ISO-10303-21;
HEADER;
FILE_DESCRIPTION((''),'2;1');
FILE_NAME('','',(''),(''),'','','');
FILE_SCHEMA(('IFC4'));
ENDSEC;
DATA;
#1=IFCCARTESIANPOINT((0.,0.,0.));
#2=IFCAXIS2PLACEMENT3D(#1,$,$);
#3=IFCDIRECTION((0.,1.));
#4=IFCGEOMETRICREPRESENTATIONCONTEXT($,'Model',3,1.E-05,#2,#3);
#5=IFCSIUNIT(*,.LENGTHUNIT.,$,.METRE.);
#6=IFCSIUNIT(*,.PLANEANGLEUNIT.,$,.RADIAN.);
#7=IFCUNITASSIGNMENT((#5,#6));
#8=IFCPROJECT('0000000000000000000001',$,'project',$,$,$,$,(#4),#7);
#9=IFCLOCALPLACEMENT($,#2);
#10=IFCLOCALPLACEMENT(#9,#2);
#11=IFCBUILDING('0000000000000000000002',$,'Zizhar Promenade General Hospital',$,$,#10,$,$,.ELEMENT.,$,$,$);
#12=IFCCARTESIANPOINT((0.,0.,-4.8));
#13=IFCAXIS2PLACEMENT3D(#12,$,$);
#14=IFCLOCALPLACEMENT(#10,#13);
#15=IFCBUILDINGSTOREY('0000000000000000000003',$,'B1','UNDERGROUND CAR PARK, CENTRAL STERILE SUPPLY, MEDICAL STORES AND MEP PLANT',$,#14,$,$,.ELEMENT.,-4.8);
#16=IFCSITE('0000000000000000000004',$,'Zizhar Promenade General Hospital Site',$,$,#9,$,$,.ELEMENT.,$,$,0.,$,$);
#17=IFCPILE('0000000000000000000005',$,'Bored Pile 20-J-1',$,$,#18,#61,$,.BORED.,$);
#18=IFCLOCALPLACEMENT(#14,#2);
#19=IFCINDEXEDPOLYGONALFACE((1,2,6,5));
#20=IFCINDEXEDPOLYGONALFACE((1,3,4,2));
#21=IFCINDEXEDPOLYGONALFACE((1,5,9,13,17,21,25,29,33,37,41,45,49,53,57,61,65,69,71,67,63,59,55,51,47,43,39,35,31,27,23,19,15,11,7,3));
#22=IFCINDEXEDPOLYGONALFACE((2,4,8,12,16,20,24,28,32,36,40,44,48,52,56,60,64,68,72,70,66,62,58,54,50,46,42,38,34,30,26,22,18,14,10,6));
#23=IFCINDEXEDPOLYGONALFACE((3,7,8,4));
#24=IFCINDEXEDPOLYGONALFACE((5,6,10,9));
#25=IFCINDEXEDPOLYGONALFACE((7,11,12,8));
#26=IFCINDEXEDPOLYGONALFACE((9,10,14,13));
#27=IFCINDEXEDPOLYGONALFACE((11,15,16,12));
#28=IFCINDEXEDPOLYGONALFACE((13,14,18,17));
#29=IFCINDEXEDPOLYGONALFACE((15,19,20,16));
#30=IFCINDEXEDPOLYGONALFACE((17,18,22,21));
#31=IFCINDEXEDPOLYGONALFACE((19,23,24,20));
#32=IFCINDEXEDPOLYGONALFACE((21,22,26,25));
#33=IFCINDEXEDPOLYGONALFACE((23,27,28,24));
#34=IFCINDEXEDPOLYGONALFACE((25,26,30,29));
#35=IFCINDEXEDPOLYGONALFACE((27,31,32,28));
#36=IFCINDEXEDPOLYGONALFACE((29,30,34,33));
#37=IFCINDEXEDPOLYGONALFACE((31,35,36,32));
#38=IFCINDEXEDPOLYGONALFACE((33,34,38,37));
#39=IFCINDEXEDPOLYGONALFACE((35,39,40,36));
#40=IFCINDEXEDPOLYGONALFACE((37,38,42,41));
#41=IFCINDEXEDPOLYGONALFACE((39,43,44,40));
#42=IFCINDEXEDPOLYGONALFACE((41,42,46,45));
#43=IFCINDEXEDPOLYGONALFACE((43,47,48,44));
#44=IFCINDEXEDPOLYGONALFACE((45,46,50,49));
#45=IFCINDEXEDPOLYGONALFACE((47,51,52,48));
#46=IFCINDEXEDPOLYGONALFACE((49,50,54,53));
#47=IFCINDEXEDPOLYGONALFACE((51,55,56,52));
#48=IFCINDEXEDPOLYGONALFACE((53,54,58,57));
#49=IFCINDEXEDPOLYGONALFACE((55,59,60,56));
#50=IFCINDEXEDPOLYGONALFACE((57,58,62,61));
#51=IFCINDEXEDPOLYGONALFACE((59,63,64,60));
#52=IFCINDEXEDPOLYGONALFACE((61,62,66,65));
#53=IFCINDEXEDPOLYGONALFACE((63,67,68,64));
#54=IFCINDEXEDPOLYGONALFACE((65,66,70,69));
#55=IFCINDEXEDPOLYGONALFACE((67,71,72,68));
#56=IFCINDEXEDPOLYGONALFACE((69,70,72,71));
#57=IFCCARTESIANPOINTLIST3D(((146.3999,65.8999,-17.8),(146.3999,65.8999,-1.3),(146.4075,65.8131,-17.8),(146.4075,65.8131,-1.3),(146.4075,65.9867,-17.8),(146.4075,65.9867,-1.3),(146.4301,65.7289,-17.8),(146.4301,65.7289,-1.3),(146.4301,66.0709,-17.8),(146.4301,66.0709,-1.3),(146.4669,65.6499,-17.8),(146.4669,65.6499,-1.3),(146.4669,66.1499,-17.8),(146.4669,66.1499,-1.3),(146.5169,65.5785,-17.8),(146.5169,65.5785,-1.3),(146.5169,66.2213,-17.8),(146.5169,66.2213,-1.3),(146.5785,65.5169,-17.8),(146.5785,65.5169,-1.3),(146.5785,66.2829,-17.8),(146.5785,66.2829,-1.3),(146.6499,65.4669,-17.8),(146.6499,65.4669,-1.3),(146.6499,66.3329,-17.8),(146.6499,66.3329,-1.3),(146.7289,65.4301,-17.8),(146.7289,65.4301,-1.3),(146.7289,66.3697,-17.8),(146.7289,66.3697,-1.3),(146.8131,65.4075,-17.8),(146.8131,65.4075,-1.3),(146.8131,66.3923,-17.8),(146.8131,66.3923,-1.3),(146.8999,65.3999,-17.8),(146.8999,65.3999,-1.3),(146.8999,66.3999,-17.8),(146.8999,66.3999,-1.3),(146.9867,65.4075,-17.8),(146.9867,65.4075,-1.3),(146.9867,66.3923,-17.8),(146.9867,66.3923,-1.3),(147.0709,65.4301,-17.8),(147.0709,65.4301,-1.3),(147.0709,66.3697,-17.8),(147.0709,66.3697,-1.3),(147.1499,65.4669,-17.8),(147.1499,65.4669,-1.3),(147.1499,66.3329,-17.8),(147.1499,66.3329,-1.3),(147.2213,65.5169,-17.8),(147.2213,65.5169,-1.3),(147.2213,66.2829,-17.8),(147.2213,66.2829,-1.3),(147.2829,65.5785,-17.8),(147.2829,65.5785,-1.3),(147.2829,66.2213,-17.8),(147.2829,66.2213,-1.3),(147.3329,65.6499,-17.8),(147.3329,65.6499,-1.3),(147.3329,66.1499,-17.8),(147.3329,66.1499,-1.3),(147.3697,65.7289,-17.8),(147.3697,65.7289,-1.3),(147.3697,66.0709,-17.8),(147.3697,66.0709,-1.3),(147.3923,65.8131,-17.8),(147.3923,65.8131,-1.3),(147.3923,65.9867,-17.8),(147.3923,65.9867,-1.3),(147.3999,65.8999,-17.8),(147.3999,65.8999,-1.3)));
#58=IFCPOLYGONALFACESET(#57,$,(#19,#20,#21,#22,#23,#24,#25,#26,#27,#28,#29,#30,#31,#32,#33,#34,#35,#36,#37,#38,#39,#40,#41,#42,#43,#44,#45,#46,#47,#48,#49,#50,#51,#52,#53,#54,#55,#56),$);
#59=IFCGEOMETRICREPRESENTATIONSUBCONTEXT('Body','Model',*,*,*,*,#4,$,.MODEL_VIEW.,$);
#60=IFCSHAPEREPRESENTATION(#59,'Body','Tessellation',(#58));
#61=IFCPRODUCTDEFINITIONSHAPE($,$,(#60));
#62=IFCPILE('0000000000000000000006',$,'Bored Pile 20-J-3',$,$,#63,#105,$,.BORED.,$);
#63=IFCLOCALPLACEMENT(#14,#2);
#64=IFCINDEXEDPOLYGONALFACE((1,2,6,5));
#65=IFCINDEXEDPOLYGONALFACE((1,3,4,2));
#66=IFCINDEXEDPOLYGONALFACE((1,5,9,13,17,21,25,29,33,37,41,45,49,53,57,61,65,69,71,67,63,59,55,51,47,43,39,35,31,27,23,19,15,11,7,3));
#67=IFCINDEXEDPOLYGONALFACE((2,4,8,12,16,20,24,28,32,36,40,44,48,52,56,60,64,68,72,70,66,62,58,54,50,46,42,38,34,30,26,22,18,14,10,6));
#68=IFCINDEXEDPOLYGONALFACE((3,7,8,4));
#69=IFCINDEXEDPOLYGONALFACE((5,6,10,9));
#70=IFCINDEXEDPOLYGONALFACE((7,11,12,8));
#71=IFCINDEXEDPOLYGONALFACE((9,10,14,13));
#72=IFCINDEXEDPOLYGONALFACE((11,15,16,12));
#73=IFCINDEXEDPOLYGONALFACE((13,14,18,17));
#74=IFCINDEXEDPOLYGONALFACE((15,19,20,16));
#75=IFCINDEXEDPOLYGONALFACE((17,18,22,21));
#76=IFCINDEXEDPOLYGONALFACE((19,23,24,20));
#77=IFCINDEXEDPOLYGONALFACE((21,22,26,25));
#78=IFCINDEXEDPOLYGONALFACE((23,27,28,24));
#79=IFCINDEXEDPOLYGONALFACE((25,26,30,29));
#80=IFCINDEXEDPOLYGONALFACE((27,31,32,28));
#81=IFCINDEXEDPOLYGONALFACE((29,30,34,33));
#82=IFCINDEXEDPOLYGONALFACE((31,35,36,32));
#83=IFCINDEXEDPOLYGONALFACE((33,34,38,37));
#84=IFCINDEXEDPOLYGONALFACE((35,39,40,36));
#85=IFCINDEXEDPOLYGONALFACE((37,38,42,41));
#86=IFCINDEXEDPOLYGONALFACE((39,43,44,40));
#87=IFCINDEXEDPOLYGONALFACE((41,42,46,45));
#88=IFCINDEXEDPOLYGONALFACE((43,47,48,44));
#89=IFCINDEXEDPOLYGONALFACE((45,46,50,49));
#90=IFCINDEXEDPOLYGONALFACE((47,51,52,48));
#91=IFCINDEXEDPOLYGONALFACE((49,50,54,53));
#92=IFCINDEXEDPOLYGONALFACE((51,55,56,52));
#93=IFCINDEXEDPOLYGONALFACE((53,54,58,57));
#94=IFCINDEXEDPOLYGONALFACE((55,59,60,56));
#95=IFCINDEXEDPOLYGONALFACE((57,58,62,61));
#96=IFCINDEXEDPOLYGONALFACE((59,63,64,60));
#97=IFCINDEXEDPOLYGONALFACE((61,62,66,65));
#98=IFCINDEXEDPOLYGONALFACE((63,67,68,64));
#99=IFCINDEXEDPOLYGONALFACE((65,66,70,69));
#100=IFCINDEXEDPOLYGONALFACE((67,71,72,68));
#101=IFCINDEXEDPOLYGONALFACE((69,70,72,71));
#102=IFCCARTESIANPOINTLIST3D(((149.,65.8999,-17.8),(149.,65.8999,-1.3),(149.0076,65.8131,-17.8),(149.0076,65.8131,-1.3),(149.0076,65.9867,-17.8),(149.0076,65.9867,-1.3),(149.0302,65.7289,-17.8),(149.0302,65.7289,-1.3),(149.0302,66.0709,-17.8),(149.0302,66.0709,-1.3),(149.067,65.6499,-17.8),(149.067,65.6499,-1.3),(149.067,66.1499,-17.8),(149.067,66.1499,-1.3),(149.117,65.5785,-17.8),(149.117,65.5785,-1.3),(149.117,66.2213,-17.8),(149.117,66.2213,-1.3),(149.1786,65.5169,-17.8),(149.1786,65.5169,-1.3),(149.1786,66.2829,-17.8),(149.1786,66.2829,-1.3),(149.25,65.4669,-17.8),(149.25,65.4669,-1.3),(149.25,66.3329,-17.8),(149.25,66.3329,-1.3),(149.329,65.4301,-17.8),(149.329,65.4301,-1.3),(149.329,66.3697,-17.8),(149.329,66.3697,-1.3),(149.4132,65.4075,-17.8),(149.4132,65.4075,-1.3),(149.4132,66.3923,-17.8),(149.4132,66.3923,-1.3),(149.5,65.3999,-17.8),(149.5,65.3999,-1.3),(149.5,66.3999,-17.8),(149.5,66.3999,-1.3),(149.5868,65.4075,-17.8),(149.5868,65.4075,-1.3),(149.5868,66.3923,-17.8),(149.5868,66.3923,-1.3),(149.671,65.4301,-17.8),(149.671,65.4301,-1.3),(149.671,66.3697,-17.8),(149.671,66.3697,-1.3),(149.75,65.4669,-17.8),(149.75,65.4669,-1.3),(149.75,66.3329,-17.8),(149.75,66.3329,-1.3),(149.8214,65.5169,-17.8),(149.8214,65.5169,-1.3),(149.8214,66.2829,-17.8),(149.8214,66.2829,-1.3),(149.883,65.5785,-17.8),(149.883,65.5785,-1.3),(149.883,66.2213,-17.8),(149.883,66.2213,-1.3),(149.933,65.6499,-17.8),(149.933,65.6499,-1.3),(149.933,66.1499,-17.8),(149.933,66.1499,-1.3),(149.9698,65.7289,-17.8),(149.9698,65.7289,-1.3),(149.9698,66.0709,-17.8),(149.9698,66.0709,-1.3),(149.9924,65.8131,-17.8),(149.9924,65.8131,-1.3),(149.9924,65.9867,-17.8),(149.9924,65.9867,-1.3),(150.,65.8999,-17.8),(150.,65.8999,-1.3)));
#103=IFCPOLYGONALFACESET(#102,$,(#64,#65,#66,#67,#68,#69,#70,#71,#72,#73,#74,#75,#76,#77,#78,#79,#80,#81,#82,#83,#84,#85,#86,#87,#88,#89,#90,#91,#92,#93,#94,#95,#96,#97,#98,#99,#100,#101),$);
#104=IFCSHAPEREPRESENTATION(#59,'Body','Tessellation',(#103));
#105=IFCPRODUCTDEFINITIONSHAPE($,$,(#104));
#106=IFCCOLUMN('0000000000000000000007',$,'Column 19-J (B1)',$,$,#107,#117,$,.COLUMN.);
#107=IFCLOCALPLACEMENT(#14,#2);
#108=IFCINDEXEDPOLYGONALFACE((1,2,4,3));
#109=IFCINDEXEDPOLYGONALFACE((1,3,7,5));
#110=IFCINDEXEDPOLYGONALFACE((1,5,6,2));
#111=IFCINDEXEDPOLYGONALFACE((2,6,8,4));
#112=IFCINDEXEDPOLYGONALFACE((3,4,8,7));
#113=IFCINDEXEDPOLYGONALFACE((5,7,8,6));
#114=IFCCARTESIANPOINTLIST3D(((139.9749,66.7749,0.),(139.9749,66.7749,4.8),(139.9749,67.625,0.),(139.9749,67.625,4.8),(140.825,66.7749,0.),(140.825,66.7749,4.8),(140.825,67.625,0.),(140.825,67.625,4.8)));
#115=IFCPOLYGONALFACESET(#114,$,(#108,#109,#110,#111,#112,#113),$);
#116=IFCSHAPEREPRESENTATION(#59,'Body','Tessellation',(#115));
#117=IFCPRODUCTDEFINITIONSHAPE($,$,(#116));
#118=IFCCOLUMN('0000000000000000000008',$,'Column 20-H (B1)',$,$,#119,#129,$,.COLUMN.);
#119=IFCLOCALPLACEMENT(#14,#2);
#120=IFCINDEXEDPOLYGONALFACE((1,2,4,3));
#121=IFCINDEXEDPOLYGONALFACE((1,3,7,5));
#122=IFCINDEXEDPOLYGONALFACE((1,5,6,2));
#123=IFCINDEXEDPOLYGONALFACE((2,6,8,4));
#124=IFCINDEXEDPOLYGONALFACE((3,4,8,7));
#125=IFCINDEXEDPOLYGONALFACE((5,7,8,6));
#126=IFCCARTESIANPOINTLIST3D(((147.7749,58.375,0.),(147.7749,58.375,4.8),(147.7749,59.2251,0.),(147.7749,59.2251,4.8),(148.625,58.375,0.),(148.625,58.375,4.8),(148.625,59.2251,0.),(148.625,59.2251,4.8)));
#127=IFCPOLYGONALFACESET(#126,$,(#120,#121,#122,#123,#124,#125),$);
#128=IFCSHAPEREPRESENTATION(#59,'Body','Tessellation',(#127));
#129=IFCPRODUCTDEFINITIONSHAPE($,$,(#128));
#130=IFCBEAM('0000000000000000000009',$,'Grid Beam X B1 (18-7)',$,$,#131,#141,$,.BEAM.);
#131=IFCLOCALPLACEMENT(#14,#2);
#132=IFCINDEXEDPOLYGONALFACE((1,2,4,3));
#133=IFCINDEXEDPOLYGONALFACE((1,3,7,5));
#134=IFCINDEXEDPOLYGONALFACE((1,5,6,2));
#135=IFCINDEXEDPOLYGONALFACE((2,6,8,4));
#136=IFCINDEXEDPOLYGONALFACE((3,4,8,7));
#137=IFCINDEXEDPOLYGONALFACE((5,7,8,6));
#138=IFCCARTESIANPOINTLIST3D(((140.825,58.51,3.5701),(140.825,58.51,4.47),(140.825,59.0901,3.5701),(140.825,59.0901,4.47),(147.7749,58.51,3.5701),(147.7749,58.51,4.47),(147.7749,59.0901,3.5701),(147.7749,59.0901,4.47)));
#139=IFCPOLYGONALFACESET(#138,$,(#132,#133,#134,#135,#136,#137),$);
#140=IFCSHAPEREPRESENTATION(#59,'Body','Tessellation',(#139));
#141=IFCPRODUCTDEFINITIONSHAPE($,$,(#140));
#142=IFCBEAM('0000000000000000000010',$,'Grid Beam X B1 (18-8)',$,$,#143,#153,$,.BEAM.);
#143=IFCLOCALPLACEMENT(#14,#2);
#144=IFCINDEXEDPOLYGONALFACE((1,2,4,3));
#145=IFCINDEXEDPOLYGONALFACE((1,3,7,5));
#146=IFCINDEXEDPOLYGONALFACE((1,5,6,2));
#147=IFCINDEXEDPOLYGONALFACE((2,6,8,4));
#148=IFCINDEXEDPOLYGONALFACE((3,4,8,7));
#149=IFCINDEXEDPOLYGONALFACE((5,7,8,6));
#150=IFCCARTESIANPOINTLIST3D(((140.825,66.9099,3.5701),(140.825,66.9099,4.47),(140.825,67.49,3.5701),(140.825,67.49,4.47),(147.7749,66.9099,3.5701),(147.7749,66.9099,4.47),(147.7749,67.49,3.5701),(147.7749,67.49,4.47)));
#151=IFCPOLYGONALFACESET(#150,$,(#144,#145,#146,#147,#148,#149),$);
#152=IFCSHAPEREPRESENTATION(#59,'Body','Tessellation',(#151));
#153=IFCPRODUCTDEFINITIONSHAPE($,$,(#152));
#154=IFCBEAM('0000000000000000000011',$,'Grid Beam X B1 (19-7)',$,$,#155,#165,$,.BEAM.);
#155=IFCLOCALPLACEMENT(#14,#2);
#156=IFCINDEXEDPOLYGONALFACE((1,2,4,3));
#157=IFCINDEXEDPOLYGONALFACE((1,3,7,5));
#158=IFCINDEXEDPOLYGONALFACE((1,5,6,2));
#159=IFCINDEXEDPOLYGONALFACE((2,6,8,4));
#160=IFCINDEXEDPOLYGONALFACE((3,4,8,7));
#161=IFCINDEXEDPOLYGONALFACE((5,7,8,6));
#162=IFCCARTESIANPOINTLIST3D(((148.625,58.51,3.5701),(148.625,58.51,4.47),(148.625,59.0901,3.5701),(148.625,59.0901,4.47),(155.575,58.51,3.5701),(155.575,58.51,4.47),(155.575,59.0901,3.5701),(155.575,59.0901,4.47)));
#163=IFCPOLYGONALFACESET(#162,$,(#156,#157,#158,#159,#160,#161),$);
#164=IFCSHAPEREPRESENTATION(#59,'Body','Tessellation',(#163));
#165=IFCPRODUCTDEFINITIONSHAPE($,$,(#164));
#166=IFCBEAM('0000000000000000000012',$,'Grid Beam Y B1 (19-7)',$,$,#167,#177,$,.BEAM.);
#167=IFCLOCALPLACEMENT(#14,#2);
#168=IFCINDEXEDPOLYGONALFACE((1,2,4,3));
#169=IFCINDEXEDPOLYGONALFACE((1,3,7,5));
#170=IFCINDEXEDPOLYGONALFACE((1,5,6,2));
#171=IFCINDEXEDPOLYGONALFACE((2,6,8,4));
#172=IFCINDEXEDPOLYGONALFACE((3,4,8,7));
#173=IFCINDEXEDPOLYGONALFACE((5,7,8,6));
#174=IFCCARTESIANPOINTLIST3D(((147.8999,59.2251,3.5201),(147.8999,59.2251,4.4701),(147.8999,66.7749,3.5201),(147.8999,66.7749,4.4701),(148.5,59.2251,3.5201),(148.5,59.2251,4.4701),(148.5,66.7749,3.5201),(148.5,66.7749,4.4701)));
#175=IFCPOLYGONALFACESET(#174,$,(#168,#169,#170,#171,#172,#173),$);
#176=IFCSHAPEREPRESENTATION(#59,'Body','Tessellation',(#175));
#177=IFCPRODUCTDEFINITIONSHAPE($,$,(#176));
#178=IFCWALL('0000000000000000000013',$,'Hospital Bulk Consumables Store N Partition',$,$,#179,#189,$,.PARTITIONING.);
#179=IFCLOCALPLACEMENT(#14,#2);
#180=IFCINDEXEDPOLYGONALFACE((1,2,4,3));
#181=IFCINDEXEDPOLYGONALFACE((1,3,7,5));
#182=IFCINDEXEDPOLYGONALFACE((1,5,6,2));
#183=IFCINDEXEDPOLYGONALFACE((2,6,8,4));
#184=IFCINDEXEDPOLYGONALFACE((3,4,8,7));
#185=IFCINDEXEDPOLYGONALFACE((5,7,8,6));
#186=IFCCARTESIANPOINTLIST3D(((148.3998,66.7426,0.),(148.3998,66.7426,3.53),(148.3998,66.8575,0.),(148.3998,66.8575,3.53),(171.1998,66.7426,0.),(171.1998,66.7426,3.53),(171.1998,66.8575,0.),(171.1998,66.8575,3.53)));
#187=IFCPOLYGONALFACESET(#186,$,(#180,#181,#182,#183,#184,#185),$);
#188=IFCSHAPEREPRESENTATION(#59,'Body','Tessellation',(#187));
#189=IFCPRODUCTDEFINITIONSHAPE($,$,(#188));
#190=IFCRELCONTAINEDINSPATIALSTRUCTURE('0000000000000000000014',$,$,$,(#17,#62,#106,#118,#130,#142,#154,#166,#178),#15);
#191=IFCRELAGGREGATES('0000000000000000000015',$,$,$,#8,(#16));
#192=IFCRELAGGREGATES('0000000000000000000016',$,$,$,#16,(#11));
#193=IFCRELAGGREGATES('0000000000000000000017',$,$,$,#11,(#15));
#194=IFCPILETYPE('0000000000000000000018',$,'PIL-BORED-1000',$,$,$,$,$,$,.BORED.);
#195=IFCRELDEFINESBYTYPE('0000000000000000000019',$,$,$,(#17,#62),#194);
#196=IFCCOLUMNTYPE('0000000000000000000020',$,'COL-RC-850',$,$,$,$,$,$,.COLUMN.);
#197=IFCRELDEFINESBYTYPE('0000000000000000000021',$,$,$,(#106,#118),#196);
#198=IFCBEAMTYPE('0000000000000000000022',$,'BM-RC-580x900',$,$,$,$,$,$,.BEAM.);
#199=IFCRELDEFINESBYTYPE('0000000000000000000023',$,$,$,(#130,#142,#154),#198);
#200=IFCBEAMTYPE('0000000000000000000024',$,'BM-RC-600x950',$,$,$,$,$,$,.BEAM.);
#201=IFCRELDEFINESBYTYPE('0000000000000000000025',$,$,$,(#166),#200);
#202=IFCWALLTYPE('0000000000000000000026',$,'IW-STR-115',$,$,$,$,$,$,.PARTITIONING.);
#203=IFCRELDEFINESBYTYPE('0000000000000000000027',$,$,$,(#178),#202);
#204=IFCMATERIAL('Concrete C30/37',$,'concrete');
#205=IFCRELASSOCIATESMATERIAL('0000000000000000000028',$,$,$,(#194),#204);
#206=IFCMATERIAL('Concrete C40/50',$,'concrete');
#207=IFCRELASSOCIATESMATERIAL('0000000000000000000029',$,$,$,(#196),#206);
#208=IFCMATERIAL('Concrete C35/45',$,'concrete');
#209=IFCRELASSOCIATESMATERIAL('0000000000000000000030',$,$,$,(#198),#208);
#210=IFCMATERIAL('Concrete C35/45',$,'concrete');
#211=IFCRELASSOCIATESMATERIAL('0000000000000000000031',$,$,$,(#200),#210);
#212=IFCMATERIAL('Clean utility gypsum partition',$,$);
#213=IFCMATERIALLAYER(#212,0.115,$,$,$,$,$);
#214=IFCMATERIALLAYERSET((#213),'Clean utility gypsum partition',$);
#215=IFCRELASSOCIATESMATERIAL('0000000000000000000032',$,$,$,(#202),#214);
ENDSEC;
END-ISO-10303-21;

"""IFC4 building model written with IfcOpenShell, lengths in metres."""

from ifc_helpers import new_model, si_unit, direction, frame, frame_2d, origin, origin_2d, place, context, subcontext, project, spatial, rectangle, circle, extrude, material, layer, layer_set, material_profile, profile_set, type_object, element, save


model = new_model("IFC4")

# Units and contexts
model_context = context("Model", 3, precision=1e-05, world=origin(), true_north=direction((0.0, 1.0)))
body_context = subcontext(model_context, "Body", "Model", "MODEL_VIEW")
ifc_project = project(units=[si_unit("LENGTHUNIT", "METRE"), si_unit("PLANEANGLEUNIT", "RADIAN")], contexts=[model_context])

# Site, building, storey
site_placement = place(None, origin())
site = spatial("IfcSite", under=ifc_project, at=site_placement, Name="Zizhar Promenade General Hospital Site", CompositionType="ELEMENT", RefElevation=0.0)
building_placement = place(site_placement, origin())
building = spatial("IfcBuilding", under=site, at=building_placement, Name="Zizhar Promenade General Hospital", CompositionType="ELEMENT")
storey_placement = place(building_placement, frame((0.0, 0.0, -4.8)))
storey = spatial("IfcBuildingStorey", under=building, at=storey_placement, Name="B1", Description="UNDERGROUND CAR PARK, CENTRAL STERILE SUPPLY, MEDICAL STORES AND MEP PLANT", CompositionType="ELEMENT", Elevation=-4.8)

# Piles
ifc_material_1 = material(Name="Concrete C30/37", Category="concrete")
ifc_material_profile_1 = material_profile(ifc_material_1, circle(Radius=0.5, at=origin_2d()))
ifc_profile_set_1 = profile_set([ifc_material_profile_1], Name="Concrete C30/37")
pile_type = type_object("IfcPileType", Name="PIL-BORED-1000", PredefinedType="BORED", material=ifc_profile_set_1)
for number, where, z_axis, x_axis, name in (
    (1, (146.8999, 65.8999, -1.3), (0.0, 0.0, -1.0), (1.0, 0.0, 0.0), "Bored Pile 20-J-1"),
    (2, (149.5, 65.8999, -1.3), (0.0, 0.0, -1.0), (1.0, 0.0, 0.0), "Bored Pile 20-J-3"),
):
    element("IfcPile", number, at=place(storey_placement, frame(where, z_axis=z_axis, x_axis=x_axis)), inside=storey, type_object=pile_type, Name=name, PredefinedType="BORED", context=body_context, shape_type="SweptSolid", body=[
        extrude(circle(Radius=0.5, at=origin_2d()), origin(), (0.0, 0.0, 1.0), 16.5),
    ])

# Columns
ifc_material_2 = material(Name="Concrete C40/50", Category="concrete")
ifc_material_profile_2 = material_profile(ifc_material_2, rectangle(XDim=0.8501, YDim=0.8501, at=origin_2d()))
ifc_profile_set_2 = profile_set([ifc_material_profile_2], Name="Concrete C40/50")
column_type = type_object("IfcColumnType", Name="COL-RC-850", PredefinedType="COLUMN", material=ifc_profile_set_2)
for number, where, z_axis, x_axis, name in (
    (3, (140.3999, 67.2, 0.0), (0.0, 0.0, 1.0), (1.0, 0.0, 0.0), "Column 19-J (B1)"),
    (4, (148.2, 58.8, 0.0), (0.0, 0.0, 1.0), (1.0, 0.0, 0.0), "Column 20-H (B1)"),
):
    element("IfcColumn", number, at=place(storey_placement, frame(where, z_axis=z_axis, x_axis=x_axis)), inside=storey, type_object=column_type, Name=name, PredefinedType="COLUMN", context=body_context, shape_type="SweptSolid", body=[
        extrude(rectangle(XDim=0.8501, YDim=0.8501, at=origin_2d()), origin(), (0.0, 0.0, 1.0), 4.8),
    ])

# Beams
ifc_material_3 = material(Name="Concrete C35/45", Category="concrete")
ifc_material_profile_3 = material_profile(ifc_material_3, rectangle(XDim=0.5801, YDim=0.8999, at=origin_2d()))
ifc_profile_set_3 = profile_set([ifc_material_profile_3], Name="Concrete C35/45")
beam_type_1 = type_object("IfcBeamType", Name="BM-RC-580x900", PredefinedType="BEAM", material=ifc_profile_set_3)
for number, where, z_axis, x_axis, name in (
    (5, (140.825, 58.8, 4.02), (1.0, 0.0, 0.0), (0.0, 1.0, 0.0), "Grid Beam X B1 (18-7)"),
    (6, (140.825, 67.2, 4.02), (1.0, 0.0, 0.0), (0.0, 1.0, 0.0), "Grid Beam X B1 (18-8)"),
    (7, (148.625, 58.8, 4.02), (1.0, 0.0, 0.0), (0.0, 1.0, 0.0), "Grid Beam X B1 (19-7)"),
):
    element("IfcBeam", number, at=place(storey_placement, frame(where, z_axis=z_axis, x_axis=x_axis)), inside=storey, type_object=beam_type_1, Name=name, PredefinedType="BEAM", context=body_context, shape_type="SweptSolid", body=[
        extrude(rectangle(XDim=0.5801, YDim=0.8999, at=origin_2d()), origin(), (0.0, 0.0, 1.0), 6.95),
    ])
ifc_material_4 = material(Name="Concrete C35/45", Category="concrete")
ifc_material_profile_4 = material_profile(ifc_material_4, rectangle(XDim=0.6001, YDim=0.95, at=origin_2d()))
ifc_profile_set_4 = profile_set([ifc_material_profile_4], Name="Concrete C35/45")
beam_type_2 = type_object("IfcBeamType", Name="BM-RC-600x950", PredefinedType="BEAM", material=ifc_profile_set_4)
beam_placement = place(storey_placement, frame((148.2, 59.2251, 3.9951), z_axis=(0.0, 1.0, 0.0), x_axis=(-1.0, 0.0, 0.0)))
element("IfcBeam", 8, at=beam_placement, inside=storey, type_object=beam_type_2, Name="Grid Beam Y B1 (19-7)", PredefinedType="BEAM", context=body_context, shape_type="SweptSolid", body=[
    extrude(rectangle(XDim=0.6001, YDim=0.95, at=origin_2d()), origin(), (0.0, 0.0, 1.0), 7.5498),
])

# Wall
ifc_material_5 = material(Name="Clean utility gypsum partition")
ifc_layer = layer(ifc_material_5, 0.115)
ifc_layer_set = layer_set([ifc_layer], Name="Clean utility gypsum partition")
wall_type = type_object("IfcWallType", Name="IW-STR-115", PredefinedType="PARTITIONING", material=ifc_layer_set)
wall_placement = place(storey_placement, frame((148.3999, 66.8, 0.0), z_axis=(0.0, 0.0, 1.0), x_axis=(1.0, 0.0, 0.0)))
element("IfcWall", 9, at=wall_placement, inside=storey, type_object=wall_type, Name="Hospital Bulk Consumables Store N Partition", PredefinedType="PARTITIONING", context=body_context, shape_type="SweptSolid", body=[
    extrude(rectangle(XDim=22.8, YDim=0.115, at=frame_2d((11.3999, 0.0))), origin(), (0.0, 0.0, 1.0), 3.53),
])

save(model, "model.ifc")
